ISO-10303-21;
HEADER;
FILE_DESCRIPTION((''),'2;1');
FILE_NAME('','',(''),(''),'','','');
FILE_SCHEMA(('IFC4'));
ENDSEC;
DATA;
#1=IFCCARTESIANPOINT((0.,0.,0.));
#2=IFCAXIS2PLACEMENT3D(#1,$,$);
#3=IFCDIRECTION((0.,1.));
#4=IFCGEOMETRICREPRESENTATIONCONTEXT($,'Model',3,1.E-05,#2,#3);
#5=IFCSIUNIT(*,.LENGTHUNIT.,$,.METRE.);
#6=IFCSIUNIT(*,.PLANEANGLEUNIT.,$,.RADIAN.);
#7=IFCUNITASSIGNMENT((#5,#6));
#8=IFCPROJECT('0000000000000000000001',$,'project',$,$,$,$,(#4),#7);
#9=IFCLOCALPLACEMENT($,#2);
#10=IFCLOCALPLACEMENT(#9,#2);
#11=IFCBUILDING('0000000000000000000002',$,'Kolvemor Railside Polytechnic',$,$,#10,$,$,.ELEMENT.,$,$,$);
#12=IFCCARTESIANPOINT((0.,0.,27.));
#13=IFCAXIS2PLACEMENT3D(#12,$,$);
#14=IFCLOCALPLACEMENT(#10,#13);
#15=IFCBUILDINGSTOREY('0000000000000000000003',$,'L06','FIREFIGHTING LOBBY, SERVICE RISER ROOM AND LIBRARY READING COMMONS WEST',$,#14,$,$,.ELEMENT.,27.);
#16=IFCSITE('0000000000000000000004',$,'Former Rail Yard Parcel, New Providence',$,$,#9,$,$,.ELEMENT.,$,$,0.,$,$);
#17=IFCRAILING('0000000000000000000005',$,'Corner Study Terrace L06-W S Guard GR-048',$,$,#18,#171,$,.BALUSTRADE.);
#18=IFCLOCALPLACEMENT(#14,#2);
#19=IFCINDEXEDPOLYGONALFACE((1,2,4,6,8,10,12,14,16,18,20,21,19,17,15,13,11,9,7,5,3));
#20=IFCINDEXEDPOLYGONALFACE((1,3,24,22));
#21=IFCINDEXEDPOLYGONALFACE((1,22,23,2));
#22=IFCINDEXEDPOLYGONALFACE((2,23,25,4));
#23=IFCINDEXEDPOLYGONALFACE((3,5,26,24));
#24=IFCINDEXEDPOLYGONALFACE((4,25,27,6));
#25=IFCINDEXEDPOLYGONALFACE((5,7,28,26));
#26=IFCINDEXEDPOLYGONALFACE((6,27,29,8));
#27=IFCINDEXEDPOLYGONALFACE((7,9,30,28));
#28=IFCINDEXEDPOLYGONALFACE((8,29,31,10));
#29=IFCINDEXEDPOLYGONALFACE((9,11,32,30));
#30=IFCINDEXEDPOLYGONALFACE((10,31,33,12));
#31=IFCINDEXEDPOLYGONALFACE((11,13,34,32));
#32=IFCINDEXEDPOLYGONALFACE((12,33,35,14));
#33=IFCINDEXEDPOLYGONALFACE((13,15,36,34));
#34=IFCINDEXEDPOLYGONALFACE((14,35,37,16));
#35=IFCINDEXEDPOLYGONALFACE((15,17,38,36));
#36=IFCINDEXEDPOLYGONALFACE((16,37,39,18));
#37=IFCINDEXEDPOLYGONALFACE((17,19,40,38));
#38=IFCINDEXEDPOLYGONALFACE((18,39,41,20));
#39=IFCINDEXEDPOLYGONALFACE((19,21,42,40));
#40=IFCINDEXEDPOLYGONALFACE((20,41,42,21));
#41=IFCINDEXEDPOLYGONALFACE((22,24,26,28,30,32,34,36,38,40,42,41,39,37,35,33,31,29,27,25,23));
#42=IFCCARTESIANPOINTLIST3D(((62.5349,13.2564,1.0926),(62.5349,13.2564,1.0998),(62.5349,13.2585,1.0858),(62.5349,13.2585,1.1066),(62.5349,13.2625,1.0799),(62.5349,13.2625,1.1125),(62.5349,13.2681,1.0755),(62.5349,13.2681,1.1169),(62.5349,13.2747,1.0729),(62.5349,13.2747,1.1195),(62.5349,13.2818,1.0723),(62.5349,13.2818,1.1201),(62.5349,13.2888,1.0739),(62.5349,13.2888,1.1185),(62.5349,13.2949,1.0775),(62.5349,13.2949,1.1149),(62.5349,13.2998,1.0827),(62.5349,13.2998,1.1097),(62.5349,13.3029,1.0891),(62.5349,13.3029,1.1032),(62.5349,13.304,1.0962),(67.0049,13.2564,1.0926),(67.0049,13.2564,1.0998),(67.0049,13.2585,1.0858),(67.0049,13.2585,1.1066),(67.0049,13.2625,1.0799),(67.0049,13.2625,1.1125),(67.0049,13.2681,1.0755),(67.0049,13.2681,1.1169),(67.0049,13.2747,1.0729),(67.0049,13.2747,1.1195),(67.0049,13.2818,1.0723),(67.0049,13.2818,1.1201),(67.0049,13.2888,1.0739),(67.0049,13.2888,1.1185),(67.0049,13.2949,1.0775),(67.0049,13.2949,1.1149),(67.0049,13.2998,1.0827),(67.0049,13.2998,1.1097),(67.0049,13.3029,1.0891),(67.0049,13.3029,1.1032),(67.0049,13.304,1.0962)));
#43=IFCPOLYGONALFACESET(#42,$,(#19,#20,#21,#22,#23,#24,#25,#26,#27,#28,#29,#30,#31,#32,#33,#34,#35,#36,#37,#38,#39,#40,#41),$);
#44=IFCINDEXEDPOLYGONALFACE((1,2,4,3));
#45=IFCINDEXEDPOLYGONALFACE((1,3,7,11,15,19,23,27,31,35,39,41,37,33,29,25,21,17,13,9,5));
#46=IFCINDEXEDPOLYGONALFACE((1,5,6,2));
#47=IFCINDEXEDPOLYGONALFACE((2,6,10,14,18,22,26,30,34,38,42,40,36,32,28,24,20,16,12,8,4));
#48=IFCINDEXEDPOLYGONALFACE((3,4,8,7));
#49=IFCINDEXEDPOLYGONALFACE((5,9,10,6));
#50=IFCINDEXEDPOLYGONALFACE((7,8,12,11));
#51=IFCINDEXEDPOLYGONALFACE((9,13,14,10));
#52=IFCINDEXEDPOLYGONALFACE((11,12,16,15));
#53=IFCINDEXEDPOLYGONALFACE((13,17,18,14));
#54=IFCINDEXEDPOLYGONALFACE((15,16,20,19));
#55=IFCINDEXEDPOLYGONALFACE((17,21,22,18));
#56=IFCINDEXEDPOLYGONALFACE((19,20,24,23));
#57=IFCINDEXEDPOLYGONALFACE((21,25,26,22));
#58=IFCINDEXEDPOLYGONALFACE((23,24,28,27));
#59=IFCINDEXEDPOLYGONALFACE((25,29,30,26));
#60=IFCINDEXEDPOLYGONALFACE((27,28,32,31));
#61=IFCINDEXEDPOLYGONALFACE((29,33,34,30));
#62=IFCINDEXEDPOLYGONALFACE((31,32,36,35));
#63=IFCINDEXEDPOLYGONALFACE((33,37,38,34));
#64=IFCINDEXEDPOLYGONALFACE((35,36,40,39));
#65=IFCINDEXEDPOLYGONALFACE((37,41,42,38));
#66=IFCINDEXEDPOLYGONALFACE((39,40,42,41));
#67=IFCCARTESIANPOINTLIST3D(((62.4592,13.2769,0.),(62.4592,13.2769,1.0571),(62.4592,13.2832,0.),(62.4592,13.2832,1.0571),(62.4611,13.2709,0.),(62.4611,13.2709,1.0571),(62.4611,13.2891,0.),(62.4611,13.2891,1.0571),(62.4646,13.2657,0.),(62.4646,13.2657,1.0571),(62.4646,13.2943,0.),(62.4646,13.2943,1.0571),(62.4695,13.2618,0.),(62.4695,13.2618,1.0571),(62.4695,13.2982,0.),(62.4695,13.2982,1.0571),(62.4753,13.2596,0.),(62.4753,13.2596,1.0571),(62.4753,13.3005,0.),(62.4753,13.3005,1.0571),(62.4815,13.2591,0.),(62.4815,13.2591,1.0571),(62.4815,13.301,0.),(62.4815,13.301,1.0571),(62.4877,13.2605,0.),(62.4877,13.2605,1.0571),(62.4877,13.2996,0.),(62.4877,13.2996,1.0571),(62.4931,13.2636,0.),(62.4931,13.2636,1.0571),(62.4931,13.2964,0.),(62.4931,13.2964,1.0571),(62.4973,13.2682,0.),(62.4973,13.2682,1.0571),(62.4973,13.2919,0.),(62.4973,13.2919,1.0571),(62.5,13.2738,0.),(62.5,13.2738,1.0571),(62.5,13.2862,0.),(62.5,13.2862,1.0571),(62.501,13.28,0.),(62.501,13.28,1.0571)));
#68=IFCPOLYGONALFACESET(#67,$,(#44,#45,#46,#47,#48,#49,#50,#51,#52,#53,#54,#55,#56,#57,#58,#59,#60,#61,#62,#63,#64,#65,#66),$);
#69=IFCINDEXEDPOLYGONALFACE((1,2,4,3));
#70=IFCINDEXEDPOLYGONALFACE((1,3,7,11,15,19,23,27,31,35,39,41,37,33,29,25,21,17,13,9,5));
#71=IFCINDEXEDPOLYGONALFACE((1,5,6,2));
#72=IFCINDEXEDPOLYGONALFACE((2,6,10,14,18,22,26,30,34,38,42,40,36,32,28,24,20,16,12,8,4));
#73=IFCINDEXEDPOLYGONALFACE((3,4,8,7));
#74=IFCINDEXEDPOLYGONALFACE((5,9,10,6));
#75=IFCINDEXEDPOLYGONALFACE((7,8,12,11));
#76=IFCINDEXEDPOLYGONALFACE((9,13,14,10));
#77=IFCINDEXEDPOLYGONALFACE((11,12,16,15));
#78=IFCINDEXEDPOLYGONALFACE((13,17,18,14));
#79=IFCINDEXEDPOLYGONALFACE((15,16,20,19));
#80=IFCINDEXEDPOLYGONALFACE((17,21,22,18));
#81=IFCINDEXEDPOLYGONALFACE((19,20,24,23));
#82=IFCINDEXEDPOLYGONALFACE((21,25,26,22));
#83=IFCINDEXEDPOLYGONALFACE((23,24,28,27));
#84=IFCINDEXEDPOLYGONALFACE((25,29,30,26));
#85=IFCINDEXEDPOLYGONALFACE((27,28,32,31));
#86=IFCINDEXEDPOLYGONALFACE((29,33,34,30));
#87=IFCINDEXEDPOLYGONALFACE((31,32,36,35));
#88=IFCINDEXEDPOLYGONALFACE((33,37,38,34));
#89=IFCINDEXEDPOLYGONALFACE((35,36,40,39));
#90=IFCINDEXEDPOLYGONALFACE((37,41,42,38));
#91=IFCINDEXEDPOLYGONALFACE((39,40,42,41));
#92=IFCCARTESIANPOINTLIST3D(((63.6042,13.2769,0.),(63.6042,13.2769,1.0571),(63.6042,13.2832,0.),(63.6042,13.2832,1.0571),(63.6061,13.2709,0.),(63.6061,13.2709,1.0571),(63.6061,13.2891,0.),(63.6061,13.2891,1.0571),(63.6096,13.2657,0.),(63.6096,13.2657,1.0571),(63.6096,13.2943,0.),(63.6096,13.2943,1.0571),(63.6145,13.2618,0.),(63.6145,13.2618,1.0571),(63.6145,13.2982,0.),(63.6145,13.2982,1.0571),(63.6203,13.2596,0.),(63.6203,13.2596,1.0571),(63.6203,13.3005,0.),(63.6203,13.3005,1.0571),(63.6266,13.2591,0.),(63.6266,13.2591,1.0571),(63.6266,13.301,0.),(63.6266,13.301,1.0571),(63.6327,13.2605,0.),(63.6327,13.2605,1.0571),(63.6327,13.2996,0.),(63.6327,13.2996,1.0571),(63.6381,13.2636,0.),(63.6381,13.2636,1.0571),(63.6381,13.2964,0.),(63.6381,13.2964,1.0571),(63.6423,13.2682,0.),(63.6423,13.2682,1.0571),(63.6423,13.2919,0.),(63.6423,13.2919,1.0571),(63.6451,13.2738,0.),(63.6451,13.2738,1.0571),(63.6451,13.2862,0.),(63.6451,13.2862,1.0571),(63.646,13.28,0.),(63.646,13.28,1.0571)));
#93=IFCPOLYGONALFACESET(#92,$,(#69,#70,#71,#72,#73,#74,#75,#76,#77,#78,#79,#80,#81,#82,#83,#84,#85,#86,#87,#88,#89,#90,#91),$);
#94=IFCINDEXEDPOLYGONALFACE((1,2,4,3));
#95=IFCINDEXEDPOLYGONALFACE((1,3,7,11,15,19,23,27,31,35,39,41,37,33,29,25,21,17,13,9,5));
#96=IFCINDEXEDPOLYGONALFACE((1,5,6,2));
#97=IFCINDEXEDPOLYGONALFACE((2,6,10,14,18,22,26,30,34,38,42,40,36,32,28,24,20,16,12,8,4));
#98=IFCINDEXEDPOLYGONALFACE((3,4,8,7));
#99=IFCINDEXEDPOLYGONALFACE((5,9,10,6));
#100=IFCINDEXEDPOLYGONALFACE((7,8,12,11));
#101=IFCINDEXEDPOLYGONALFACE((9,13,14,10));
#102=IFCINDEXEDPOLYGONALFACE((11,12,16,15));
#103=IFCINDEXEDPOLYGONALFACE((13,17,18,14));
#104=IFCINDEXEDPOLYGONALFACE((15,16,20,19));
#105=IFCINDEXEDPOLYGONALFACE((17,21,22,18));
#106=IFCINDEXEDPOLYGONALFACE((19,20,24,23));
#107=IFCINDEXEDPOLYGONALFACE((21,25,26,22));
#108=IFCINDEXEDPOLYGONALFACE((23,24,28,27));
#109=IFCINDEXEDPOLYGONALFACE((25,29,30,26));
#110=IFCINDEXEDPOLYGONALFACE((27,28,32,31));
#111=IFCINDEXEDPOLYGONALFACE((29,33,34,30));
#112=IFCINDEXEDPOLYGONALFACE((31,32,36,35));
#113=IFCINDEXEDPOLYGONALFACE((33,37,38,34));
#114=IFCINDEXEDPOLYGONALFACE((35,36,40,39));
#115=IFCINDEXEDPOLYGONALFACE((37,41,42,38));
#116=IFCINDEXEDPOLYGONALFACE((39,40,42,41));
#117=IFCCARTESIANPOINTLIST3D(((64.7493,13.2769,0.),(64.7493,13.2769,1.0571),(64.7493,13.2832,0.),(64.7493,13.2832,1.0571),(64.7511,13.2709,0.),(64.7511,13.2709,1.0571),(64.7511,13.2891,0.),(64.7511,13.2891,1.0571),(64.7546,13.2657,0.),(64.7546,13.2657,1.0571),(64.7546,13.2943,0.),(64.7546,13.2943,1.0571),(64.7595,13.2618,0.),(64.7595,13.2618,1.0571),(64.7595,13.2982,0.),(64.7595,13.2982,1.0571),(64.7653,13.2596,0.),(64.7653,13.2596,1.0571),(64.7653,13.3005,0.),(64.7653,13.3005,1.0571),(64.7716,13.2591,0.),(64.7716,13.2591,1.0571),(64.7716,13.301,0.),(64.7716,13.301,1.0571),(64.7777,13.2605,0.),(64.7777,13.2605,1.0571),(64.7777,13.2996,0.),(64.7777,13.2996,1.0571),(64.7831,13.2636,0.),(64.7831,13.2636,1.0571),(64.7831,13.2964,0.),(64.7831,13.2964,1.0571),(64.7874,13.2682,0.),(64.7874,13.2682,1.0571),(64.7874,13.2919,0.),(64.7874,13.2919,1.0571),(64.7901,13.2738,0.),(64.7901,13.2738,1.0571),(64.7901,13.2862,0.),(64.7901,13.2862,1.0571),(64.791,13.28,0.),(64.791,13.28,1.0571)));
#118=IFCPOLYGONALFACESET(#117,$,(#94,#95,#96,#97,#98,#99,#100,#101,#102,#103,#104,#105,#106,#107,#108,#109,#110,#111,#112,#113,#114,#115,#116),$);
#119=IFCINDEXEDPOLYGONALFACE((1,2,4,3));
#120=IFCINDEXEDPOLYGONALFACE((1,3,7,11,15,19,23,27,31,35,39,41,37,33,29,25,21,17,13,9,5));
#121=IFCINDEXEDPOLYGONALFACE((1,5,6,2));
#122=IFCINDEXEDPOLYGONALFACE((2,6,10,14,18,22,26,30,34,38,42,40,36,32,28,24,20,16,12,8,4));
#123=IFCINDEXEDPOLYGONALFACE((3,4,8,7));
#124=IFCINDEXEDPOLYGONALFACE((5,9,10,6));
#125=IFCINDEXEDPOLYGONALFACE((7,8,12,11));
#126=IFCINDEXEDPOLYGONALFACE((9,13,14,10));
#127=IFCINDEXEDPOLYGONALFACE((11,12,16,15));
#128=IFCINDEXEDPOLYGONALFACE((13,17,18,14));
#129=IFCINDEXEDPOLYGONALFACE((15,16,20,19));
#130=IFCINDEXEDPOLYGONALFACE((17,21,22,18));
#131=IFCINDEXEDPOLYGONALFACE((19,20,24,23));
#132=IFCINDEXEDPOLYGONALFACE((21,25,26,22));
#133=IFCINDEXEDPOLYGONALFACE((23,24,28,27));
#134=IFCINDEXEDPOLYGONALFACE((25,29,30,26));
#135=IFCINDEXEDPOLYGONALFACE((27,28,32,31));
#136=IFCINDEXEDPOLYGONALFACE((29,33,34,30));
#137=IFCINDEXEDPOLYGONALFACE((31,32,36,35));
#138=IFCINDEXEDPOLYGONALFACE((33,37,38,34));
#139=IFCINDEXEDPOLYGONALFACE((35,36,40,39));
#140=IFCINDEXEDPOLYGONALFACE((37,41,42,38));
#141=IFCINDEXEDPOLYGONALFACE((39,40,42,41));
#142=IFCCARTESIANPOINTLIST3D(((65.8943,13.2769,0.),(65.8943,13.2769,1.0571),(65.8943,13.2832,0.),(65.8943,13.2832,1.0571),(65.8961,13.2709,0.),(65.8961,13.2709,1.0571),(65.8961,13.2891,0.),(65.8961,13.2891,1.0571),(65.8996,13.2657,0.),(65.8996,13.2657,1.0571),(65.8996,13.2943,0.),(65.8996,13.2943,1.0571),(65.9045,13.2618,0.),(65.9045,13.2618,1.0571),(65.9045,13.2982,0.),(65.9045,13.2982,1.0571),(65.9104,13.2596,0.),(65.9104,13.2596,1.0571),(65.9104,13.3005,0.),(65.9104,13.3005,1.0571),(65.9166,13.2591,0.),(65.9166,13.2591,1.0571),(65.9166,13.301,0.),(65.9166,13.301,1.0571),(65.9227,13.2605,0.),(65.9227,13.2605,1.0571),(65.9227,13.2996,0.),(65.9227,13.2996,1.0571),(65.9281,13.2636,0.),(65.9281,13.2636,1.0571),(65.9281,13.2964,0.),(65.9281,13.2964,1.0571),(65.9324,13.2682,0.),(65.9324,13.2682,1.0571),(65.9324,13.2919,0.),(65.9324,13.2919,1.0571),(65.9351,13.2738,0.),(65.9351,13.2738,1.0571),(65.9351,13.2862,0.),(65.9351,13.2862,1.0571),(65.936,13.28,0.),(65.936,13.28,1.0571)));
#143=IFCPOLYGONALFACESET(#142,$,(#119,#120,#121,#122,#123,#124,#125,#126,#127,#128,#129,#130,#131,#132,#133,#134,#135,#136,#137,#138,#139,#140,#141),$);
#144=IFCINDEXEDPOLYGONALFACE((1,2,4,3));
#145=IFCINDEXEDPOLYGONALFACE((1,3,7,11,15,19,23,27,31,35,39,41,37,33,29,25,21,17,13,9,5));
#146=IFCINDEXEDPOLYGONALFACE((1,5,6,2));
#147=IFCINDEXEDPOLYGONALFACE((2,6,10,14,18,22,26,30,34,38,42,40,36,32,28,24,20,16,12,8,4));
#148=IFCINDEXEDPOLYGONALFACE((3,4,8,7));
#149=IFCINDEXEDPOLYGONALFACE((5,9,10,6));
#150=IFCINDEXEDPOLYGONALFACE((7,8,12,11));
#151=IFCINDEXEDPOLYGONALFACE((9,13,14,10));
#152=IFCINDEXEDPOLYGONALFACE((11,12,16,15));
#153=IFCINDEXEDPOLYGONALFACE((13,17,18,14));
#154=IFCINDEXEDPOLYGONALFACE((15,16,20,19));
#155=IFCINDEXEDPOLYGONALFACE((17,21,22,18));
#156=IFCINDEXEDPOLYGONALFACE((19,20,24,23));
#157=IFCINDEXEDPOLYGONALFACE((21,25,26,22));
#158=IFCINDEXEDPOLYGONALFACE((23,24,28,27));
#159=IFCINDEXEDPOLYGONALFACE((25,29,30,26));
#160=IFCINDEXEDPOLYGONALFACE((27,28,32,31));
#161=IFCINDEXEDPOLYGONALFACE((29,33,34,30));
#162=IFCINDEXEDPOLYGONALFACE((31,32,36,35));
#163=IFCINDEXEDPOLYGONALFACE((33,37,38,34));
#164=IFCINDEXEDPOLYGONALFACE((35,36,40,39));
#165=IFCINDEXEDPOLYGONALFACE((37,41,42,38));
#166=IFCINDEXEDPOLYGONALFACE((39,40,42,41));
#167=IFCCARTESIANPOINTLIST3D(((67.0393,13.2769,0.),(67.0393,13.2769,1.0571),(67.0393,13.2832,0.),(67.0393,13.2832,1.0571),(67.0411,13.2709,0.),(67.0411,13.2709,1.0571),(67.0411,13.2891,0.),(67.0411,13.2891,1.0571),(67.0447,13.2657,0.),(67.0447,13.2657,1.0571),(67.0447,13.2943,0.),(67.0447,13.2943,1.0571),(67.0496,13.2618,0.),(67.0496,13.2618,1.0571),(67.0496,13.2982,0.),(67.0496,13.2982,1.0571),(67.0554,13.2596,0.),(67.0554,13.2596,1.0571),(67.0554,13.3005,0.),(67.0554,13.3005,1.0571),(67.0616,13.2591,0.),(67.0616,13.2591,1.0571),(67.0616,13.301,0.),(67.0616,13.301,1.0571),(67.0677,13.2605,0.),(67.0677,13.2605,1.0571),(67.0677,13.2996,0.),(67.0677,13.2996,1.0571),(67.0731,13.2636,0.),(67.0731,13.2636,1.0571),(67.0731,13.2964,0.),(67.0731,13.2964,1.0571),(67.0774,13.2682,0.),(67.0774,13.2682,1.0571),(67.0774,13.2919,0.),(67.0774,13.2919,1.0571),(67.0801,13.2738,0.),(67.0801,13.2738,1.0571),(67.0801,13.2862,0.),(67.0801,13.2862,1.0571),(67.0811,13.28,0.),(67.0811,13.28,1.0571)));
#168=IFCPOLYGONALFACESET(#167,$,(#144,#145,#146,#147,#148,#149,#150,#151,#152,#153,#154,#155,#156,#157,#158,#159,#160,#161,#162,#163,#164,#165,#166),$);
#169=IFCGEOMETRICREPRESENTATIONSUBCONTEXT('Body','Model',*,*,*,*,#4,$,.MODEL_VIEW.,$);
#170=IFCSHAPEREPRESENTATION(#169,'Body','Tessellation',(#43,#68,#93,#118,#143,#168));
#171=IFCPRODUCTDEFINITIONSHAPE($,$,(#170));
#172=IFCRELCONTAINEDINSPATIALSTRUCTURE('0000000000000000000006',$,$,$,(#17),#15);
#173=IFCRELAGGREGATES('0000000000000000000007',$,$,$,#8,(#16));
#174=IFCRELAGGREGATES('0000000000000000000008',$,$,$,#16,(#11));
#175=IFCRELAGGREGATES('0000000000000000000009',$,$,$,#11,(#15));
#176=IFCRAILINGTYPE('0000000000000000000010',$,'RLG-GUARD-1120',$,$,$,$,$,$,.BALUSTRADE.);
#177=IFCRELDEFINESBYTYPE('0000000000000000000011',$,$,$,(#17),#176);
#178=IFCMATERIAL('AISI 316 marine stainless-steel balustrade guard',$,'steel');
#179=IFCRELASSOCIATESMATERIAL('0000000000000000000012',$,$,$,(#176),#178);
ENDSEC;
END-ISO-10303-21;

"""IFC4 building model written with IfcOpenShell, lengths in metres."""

from ifc_helpers import new_model, si_unit, direction, frame, origin, origin_2d, place, context, subcontext, project, spatial, circle, extrude, material, type_object, element, save


model = new_model("IFC4")

# Units and contexts
model_context = context("Model", 3, precision=1e-05, world=origin(), true_north=direction((0.0, 1.0)))
body_context = subcontext(model_context, "Body", "Model", "MODEL_VIEW")
ifc_project = project(units=[si_unit("LENGTHUNIT", "METRE"), si_unit("PLANEANGLEUNIT", "RADIAN")], contexts=[model_context])

# Site, building, storey
site_placement = place(None, origin())
site = spatial("IfcSite", under=ifc_project, at=site_placement, Name="Former Rail Yard Parcel, New Providence", CompositionType="ELEMENT", RefElevation=0.0)
building_placement = place(site_placement, origin())
building = spatial("IfcBuilding", under=site, at=building_placement, Name="Kolvemor Railside Polytechnic", CompositionType="ELEMENT")
storey_placement = place(building_placement, frame((0.0, 0.0, 27.0)))
storey = spatial("IfcBuildingStorey", under=building, at=storey_placement, Name="L06", Description="FIREFIGHTING LOBBY, SERVICE RISER ROOM AND LIBRARY READING COMMONS WEST", CompositionType="ELEMENT", Elevation=27.0)

# Railing
ifc_material_1 = material(Name="AISI 316 marine stainless-steel balustrade guard", Category="steel")
railing_type = type_object("IfcRailingType", Name="RLG-GUARD-1120", PredefinedType="BALUSTRADE", material=ifc_material_1)
railing_placement = place(storey_placement, frame((62.48, 13.28, 0.0)))
element("IfcRailing", 1, at=railing_placement, inside=storey, type_object=railing_type, Name="Corner Study Terrace L06-W S Guard GR-048", PredefinedType="BALUSTRADE", context=body_context, shape_type="SweptSolid", body=[
    extrude(circle(Radius=0.0239, at=origin_2d()), frame((0.0549, 0.0, 1.0962), z_axis=(1.0, 0.0, 0.0), x_axis=(0.0, 1.0, 0.0)), (0.0, 0.0, 1.0), 4.47),
    extrude(circle(Radius=0.021, at=origin_2d()), origin(), (0.0, 0.0, 1.0), 1.0571),
    extrude(circle(Radius=0.021, at=origin_2d()), frame((1.145, 0.0, 0.0)), (0.0, 0.0, 1.0), 1.0571),
    extrude(circle(Radius=0.021, at=origin_2d()), frame((2.29, 0.0, 0.0)), (0.0, 0.0, 1.0), 1.0571),
    extrude(circle(Radius=0.021, at=origin_2d()), frame((3.4351, 0.0, 0.0)), (0.0, 0.0, 1.0), 1.0571),
    extrude(circle(Radius=0.021, at=origin_2d()), frame((4.5801, 0.0, 0.0)), (0.0, 0.0, 1.0), 1.0571),
])

save(model, "model.ifc")
